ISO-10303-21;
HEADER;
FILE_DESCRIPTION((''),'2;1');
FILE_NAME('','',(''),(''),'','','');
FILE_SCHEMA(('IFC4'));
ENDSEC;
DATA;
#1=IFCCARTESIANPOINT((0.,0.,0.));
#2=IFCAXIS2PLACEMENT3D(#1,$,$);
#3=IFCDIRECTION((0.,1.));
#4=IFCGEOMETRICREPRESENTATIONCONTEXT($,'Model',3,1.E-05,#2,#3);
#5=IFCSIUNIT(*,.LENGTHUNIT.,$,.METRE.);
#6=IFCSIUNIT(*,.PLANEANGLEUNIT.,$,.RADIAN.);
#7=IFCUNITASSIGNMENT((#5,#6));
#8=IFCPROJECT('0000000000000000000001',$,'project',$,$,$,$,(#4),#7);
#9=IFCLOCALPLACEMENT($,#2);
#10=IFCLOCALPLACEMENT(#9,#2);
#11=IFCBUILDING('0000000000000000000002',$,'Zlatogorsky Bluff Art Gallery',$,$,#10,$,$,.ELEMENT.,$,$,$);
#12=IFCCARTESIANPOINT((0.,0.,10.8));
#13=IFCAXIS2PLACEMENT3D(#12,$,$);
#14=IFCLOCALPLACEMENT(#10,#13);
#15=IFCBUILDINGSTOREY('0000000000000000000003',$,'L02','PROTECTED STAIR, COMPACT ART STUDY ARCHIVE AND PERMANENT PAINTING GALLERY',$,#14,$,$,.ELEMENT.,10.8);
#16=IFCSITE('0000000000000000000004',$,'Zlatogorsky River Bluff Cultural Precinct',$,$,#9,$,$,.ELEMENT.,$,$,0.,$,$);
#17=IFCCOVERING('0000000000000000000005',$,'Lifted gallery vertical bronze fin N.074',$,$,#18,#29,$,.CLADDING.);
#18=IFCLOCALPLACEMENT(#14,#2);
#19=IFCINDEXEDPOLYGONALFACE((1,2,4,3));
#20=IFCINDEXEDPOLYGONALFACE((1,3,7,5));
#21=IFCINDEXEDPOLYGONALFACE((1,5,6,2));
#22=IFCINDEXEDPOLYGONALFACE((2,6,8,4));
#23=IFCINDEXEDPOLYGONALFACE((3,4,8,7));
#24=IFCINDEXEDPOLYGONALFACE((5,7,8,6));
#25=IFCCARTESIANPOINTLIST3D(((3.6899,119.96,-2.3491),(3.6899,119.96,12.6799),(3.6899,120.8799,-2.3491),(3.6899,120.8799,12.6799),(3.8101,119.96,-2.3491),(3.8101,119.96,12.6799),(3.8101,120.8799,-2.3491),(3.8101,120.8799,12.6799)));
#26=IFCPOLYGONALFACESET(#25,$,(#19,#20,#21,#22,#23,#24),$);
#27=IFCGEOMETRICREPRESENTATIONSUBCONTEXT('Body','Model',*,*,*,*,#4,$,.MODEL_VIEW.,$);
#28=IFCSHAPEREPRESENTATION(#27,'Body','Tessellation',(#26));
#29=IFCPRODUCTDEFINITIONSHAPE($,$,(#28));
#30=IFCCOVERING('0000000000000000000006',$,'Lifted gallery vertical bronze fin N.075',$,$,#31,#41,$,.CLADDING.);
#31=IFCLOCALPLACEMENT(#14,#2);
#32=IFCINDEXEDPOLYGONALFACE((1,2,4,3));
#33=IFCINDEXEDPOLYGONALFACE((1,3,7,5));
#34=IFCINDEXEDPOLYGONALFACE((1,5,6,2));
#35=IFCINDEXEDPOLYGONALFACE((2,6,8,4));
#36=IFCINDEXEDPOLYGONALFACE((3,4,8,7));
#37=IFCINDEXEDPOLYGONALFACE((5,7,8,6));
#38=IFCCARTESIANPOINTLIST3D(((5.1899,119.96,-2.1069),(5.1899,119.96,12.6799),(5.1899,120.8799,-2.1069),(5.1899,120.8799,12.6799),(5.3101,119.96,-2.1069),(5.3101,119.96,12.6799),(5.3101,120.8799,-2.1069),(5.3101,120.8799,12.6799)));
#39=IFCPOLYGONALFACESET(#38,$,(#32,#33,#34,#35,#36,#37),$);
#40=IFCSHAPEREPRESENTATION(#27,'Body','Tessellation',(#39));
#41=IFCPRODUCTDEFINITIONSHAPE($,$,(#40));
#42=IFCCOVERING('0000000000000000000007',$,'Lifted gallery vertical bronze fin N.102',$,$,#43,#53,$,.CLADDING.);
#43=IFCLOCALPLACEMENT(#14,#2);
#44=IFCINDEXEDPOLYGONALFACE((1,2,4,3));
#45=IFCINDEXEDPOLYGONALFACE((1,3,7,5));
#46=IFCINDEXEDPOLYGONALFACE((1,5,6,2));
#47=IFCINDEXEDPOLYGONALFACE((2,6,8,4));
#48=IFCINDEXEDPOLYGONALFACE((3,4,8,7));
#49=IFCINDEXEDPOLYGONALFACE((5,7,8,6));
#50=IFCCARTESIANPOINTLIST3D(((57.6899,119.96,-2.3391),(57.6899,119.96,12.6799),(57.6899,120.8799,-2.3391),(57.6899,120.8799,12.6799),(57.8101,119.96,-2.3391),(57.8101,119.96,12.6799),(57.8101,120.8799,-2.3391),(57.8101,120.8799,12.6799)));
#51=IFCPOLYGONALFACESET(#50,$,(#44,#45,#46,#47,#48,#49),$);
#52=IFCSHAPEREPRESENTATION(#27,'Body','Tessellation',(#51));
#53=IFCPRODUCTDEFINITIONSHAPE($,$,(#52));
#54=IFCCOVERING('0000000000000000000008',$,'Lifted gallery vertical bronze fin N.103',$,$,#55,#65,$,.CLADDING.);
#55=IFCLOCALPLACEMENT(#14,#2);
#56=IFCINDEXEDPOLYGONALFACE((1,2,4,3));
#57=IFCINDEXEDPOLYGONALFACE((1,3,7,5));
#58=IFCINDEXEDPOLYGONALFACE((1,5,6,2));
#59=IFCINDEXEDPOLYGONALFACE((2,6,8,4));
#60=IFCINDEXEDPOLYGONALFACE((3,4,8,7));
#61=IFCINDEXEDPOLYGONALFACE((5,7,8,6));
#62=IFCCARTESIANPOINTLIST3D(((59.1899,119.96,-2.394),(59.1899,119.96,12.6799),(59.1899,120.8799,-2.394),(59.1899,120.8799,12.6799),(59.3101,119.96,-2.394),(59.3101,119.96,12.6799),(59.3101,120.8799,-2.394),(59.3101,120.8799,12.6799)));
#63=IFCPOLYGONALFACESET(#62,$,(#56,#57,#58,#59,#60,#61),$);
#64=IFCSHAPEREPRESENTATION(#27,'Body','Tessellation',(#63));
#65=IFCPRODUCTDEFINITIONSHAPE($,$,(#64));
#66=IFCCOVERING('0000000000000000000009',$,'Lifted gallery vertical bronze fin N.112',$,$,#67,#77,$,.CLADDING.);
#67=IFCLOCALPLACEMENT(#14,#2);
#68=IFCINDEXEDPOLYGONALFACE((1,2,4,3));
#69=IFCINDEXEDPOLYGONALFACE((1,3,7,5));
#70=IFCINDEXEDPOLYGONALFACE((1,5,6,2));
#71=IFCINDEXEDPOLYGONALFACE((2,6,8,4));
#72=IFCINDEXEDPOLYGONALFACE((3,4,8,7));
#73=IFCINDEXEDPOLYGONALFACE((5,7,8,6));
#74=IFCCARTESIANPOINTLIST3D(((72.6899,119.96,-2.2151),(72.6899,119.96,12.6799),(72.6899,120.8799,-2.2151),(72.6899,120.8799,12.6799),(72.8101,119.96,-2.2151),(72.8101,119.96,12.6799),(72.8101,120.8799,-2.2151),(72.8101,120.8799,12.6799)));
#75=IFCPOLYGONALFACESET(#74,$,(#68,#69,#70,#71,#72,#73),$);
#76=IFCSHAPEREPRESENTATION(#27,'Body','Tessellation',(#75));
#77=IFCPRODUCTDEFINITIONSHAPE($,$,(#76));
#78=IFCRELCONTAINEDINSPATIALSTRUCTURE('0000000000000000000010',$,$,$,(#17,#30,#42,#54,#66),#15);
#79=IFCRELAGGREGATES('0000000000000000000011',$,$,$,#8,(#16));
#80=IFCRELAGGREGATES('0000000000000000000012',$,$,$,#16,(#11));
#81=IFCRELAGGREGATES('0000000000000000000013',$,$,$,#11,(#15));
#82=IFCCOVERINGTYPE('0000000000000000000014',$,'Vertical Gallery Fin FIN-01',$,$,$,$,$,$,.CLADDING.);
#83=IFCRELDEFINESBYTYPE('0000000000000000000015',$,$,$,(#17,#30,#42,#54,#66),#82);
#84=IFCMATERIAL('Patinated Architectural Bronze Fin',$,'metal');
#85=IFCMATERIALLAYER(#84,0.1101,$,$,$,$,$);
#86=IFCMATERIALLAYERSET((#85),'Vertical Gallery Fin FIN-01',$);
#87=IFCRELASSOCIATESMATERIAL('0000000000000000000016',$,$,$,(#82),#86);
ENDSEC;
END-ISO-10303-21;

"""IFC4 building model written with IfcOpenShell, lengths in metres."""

from ifc_helpers import new_model, si_unit, direction, frame, origin, place, context, subcontext, project, spatial, polyline, outline, extrude, material, layer, layer_set, type_object, element, save


model = new_model("IFC4")

# Units and contexts
model_context = context("Model", 3, precision=1e-05, world=origin(), true_north=direction((0.0, 1.0)))
body_context = subcontext(model_context, "Body", "Model", "MODEL_VIEW")
ifc_project = project(units=[si_unit("LENGTHUNIT", "METRE"), si_unit("PLANEANGLEUNIT", "RADIAN")], contexts=[model_context])

# Site, building, storey
site_placement = place(None, origin())
site = spatial("IfcSite", under=ifc_project, at=site_placement, Name="Zlatogorsky River Bluff Cultural Precinct", CompositionType="ELEMENT", RefElevation=0.0)
building_placement = place(site_placement, origin())
building = spatial("IfcBuilding", under=site, at=building_placement, Name="Zlatogorsky Bluff Art Gallery", CompositionType="ELEMENT")
storey_placement = place(building_placement, frame((0.0, 0.0, 10.8)))
storey = spatial("IfcBuildingStorey", under=building, at=storey_placement, Name="L02", Description="PROTECTED STAIR, COMPACT ART STUDY ARCHIVE AND PERMANENT PAINTING GALLERY", CompositionType="ELEMENT", Elevation=10.8)

# Coverings
ifc_material_1 = material(Name="Patinated Architectural Bronze Fin", Category="metal")
ifc_layer_1 = layer(ifc_material_1, 0.1101)
ifc_layer_set_1 = layer_set([ifc_layer_1], Name="Vertical Gallery Fin FIN-01")
covering_type_1 = type_object("IfcCoveringType", Name="Vertical Gallery Fin FIN-01", PredefinedType="CLADDING", material=ifc_layer_set_1)
covering_1_placement = place(storey_placement, frame((0.0, 0.0, -2.3491)))
element("IfcCovering", 1, at=covering_1_placement, inside=storey, type_object=covering_type_1, Name="Lifted gallery vertical bronze fin N.074", PredefinedType="CLADDING", context=body_context, shape_type="SweptSolid", body=[
    extrude(outline(polyline([(3.6899, 119.96), (3.8101, 119.96), (3.8101, 120.8799), (3.6899, 120.8799), (3.6899, 119.96)])), origin(), (0.0, 0.0, 1.0), 15.0291),
])
covering_2_placement = place(storey_placement, frame((0.0, 0.0, -2.1069)))
element("IfcCovering", 2, at=covering_2_placement, inside=storey, type_object=covering_type_1, Name="Lifted gallery vertical bronze fin N.075", PredefinedType="CLADDING", context=body_context, shape_type="SweptSolid", body=[
    extrude(outline(polyline([(5.1899, 119.96), (5.3101, 119.96), (5.3101, 120.8799), (5.1899, 120.8799), (5.1899, 119.96)])), origin(), (0.0, 0.0, 1.0), 14.7869),
])
covering_3_placement = place(storey_placement, frame((0.0, 0.0, -2.3391)))
element("IfcCovering", 3, at=covering_3_placement, inside=storey, type_object=covering_type_1, Name="Lifted gallery vertical bronze fin N.102", PredefinedType="CLADDING", context=body_context, shape_type="SweptSolid", body=[
    extrude(outline(polyline([(57.6899, 119.96), (57.8101, 119.96), (57.8101, 120.8799), (57.6899, 120.8799), (57.6899, 119.96)])), origin(), (0.0, 0.0, 1.0), 15.019),
])
covering_4_placement = place(storey_placement, frame((0.0, 0.0, -2.394)))
element("IfcCovering", 4, at=covering_4_placement, inside=storey, type_object=covering_type_1, Name="Lifted gallery vertical bronze fin N.103", PredefinedType="CLADDING", context=body_context, shape_type="SweptSolid", body=[
    extrude(outline(polyline([(59.1899, 119.96), (59.3101, 119.96), (59.3101, 120.8799), (59.1899, 120.8799), (59.1899, 119.96)])), origin(), (0.0, 0.0, 1.0), 15.074),
])
covering_5_placement = place(storey_placement, frame((0.0, 0.0, -2.2151)))
element("IfcCovering", 5, at=covering_5_placement, inside=storey, type_object=covering_type_1, Name="Lifted gallery vertical bronze fin N.112", PredefinedType="CLADDING", context=body_context, shape_type="SweptSolid", body=[
    extrude(outline(polyline([(72.6899, 119.96), (72.8101, 119.96), (72.8101, 120.8799), (72.6899, 120.8799), (72.6899, 119.96)])), origin(), (0.0, 0.0, 1.0), 14.895),
])

save(model, "model.ifc")
